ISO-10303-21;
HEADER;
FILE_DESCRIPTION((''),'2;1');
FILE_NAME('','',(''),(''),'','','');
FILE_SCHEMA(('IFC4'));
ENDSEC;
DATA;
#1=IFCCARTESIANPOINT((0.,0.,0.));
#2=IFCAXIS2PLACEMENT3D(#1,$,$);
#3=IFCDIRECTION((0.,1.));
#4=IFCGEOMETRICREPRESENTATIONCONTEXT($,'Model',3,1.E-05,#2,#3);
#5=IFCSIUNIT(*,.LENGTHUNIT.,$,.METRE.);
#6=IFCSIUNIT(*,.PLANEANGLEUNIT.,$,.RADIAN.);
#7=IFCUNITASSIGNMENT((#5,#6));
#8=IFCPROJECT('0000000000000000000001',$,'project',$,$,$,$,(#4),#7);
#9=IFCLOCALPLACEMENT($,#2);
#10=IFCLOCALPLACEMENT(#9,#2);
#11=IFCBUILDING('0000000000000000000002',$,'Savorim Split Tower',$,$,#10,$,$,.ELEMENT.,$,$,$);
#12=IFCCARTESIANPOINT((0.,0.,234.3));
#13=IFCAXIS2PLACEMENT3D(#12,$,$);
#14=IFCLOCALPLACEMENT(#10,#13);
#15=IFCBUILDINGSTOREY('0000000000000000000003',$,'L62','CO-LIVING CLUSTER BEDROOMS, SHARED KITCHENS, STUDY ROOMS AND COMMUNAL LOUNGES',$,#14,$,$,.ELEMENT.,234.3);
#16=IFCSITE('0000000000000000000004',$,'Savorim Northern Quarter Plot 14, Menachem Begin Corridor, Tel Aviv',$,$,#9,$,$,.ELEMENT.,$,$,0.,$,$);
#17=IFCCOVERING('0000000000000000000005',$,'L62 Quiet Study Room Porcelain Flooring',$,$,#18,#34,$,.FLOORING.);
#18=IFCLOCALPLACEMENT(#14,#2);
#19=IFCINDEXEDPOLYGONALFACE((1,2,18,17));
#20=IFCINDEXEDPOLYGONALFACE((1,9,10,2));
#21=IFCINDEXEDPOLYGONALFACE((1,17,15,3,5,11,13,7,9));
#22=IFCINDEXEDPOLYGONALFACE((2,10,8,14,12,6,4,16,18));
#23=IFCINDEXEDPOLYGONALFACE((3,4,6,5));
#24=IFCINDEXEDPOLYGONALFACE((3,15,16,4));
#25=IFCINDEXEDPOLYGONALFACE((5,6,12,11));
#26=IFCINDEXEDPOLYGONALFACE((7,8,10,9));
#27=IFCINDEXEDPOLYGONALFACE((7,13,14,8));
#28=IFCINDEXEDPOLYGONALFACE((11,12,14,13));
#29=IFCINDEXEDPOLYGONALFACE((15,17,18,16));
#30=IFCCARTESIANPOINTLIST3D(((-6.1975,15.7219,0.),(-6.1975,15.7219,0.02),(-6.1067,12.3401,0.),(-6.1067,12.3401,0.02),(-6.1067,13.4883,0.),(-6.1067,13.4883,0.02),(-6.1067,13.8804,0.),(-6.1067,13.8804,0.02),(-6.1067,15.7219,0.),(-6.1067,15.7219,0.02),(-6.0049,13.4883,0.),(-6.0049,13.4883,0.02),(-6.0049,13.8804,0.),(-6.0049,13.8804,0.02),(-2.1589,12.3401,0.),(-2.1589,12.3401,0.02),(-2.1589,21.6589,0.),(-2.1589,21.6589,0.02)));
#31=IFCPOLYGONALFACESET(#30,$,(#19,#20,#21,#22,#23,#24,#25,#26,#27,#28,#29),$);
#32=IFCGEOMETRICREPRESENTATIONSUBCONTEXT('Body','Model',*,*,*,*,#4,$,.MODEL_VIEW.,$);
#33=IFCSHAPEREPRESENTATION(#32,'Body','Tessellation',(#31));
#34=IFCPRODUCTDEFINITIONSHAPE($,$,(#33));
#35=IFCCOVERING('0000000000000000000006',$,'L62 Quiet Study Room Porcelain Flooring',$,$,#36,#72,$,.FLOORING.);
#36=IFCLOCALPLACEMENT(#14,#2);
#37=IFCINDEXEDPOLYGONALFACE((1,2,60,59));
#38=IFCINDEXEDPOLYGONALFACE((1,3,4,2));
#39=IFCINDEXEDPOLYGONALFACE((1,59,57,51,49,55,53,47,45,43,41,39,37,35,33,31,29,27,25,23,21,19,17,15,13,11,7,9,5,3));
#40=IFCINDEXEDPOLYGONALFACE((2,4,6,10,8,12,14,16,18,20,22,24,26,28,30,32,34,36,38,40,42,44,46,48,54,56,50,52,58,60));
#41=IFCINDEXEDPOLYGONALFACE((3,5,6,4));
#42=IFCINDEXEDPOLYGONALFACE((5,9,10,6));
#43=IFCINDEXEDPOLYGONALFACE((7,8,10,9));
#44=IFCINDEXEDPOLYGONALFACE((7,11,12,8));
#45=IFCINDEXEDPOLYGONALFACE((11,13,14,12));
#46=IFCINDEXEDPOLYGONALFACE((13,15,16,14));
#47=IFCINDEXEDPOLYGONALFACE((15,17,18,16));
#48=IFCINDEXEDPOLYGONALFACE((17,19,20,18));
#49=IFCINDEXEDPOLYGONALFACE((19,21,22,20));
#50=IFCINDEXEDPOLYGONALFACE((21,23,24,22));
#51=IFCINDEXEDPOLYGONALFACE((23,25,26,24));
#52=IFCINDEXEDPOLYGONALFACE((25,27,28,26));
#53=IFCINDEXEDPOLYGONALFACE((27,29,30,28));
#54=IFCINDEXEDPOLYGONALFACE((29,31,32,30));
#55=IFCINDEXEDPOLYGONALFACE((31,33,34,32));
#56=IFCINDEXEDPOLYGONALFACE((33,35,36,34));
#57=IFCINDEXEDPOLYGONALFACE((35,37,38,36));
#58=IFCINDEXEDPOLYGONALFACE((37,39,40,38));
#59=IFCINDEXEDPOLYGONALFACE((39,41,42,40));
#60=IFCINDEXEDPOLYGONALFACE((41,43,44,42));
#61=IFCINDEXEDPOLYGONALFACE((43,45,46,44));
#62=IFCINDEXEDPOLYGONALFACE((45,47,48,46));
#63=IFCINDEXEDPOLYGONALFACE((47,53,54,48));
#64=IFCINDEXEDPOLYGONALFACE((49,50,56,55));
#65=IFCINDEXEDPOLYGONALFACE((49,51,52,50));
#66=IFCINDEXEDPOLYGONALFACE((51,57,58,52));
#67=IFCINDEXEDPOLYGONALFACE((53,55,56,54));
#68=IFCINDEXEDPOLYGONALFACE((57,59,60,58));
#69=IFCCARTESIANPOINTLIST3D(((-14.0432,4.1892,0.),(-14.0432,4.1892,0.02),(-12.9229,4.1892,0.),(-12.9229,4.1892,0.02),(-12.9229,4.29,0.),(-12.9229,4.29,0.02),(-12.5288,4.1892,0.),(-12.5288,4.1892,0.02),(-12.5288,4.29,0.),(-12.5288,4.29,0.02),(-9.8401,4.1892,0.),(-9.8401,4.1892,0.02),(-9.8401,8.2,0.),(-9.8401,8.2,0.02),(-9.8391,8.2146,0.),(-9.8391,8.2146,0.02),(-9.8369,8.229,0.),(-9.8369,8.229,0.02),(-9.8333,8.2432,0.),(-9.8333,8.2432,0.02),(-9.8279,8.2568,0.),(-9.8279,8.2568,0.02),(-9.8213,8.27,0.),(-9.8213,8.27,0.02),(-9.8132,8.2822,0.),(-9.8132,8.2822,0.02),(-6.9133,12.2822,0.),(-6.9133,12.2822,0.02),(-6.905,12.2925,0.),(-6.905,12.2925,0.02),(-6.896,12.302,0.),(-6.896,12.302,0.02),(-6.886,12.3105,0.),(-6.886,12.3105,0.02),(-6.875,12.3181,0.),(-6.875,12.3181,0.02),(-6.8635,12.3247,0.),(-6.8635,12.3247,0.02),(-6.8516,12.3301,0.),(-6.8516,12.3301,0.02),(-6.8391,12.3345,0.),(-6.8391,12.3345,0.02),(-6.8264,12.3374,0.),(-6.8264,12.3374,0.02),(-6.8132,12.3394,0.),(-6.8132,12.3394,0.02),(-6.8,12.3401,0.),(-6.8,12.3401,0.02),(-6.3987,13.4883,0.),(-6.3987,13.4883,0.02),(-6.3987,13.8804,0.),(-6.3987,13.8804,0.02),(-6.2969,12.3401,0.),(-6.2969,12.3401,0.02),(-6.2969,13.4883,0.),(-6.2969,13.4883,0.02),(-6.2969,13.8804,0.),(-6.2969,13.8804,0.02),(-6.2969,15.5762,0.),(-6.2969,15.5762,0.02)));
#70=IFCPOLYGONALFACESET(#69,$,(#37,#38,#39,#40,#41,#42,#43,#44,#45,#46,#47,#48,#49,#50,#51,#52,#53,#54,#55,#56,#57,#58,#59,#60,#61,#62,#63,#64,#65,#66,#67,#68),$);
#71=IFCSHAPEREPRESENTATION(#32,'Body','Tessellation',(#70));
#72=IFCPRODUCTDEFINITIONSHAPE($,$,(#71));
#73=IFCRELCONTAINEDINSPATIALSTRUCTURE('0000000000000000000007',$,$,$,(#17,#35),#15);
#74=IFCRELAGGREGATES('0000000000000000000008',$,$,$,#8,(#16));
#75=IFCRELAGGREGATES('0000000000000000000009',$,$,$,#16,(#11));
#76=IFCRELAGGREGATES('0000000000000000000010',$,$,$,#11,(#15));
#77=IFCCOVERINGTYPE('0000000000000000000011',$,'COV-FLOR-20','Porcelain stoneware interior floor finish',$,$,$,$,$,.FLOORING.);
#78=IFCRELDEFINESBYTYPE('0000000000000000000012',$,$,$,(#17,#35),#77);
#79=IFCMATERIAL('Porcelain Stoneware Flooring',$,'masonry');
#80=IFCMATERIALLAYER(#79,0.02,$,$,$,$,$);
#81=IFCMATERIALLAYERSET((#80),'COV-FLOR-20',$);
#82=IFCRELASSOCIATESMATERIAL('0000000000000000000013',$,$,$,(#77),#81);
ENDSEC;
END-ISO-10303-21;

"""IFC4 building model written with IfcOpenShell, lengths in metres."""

from ifc_helpers import new_model, si_unit, direction, frame, origin, place, context, subcontext, project, spatial, polyline, outline, extrude, material, layer, layer_set, type_object, element, save


model = new_model("IFC4")

# Units and contexts
model_context = context("Model", 3, precision=1e-05, world=origin(), true_north=direction((0.0, 1.0)))
body_context = subcontext(model_context, "Body", "Model", "MODEL_VIEW")
ifc_project = project(units=[si_unit("LENGTHUNIT", "METRE"), si_unit("PLANEANGLEUNIT", "RADIAN")], contexts=[model_context])

# Site, building, storey
site_placement = place(None, origin())
site = spatial("IfcSite", under=ifc_project, at=site_placement, Name="Savorim Northern Quarter Plot 14, Menachem Begin Corridor, Tel Aviv", CompositionType="ELEMENT", RefElevation=0.0)
building_placement = place(site_placement, origin())
building = spatial("IfcBuilding", under=site, at=building_placement, Name="Savorim Split Tower", CompositionType="ELEMENT")
storey_placement = place(building_placement, frame((0.0, 0.0, 234.3)))
storey = spatial("IfcBuildingStorey", under=building, at=storey_placement, Name="L62", Description="CO-LIVING CLUSTER BEDROOMS, SHARED KITCHENS, STUDY ROOMS AND COMMUNAL LOUNGES", CompositionType="ELEMENT", Elevation=234.3)

# Coverings
ifc_material_1 = material(Name="Porcelain Stoneware Flooring", Category="masonry")
ifc_layer_1 = layer(ifc_material_1, 0.02)
ifc_layer_set_1 = layer_set([ifc_layer_1], Name="COV-FLOR-20")
covering_type_1 = type_object("IfcCoveringType", Name="COV-FLOR-20", Description="Porcelain stoneware interior floor finish", PredefinedType="FLOORING", material=ifc_layer_set_1)
covering_1_placement = place(storey_placement, origin())
element("IfcCovering", 1, at=covering_1_placement, inside=storey, type_object=covering_type_1, Name="L62 Quiet Study Room Porcelain Flooring", PredefinedType="FLOORING", context=body_context, shape_type="SweptSolid", body=[
    extrude(outline(polyline([(-6.0049, 13.4883), (-6.1067, 13.4883), (-6.1067, 12.3401), (-2.1589, 12.3401), (-2.1589, 21.6589), (-6.1975, 15.7219), (-6.1067, 15.7219), (-6.1067, 13.8804), (-6.0049, 13.8804), (-6.0049, 13.4883)])), origin(), (0.0, 0.0, 1.0), 0.02),
])
covering_2_placement = place(storey_placement, origin())
element("IfcCovering", 2, at=covering_2_placement, inside=storey, type_object=covering_type_1, Name="L62 Quiet Study Room Porcelain Flooring", PredefinedType="FLOORING", context=body_context, shape_type="SweptSolid", body=[
    extrude(outline(polyline([(-6.8132, 12.3394), (-6.8, 12.3401), (-6.2969, 12.3401), (-6.2969, 13.4883), (-6.3987, 13.4883), (-6.3987, 13.8804), (-6.2969, 13.8804), (-6.2969, 15.5762), (-14.0432, 4.1892), (-12.9229, 4.1892), (-12.9229, 4.29), (-12.5288, 4.29), (-12.5288, 4.1892), (-9.8401, 4.1892), (-9.8401, 8.2), (-9.8391, 8.2146), (-9.8369, 8.229), (-9.8333, 8.2432), (-9.8279, 8.2568), (-9.8213, 8.27), (-9.8132, 8.2822), (-6.9133, 12.2822), (-6.905, 12.2925), (-6.896, 12.302), (-6.886, 12.3105), (-6.875, 12.3181), (-6.8635, 12.3247), (-6.8516, 12.3301), (-6.8391, 12.3345), (-6.8264, 12.3374), (-6.8132, 12.3394)])), origin(), (0.0, 0.0, 1.0), 0.02),
])

save(model, "model.ifc")
